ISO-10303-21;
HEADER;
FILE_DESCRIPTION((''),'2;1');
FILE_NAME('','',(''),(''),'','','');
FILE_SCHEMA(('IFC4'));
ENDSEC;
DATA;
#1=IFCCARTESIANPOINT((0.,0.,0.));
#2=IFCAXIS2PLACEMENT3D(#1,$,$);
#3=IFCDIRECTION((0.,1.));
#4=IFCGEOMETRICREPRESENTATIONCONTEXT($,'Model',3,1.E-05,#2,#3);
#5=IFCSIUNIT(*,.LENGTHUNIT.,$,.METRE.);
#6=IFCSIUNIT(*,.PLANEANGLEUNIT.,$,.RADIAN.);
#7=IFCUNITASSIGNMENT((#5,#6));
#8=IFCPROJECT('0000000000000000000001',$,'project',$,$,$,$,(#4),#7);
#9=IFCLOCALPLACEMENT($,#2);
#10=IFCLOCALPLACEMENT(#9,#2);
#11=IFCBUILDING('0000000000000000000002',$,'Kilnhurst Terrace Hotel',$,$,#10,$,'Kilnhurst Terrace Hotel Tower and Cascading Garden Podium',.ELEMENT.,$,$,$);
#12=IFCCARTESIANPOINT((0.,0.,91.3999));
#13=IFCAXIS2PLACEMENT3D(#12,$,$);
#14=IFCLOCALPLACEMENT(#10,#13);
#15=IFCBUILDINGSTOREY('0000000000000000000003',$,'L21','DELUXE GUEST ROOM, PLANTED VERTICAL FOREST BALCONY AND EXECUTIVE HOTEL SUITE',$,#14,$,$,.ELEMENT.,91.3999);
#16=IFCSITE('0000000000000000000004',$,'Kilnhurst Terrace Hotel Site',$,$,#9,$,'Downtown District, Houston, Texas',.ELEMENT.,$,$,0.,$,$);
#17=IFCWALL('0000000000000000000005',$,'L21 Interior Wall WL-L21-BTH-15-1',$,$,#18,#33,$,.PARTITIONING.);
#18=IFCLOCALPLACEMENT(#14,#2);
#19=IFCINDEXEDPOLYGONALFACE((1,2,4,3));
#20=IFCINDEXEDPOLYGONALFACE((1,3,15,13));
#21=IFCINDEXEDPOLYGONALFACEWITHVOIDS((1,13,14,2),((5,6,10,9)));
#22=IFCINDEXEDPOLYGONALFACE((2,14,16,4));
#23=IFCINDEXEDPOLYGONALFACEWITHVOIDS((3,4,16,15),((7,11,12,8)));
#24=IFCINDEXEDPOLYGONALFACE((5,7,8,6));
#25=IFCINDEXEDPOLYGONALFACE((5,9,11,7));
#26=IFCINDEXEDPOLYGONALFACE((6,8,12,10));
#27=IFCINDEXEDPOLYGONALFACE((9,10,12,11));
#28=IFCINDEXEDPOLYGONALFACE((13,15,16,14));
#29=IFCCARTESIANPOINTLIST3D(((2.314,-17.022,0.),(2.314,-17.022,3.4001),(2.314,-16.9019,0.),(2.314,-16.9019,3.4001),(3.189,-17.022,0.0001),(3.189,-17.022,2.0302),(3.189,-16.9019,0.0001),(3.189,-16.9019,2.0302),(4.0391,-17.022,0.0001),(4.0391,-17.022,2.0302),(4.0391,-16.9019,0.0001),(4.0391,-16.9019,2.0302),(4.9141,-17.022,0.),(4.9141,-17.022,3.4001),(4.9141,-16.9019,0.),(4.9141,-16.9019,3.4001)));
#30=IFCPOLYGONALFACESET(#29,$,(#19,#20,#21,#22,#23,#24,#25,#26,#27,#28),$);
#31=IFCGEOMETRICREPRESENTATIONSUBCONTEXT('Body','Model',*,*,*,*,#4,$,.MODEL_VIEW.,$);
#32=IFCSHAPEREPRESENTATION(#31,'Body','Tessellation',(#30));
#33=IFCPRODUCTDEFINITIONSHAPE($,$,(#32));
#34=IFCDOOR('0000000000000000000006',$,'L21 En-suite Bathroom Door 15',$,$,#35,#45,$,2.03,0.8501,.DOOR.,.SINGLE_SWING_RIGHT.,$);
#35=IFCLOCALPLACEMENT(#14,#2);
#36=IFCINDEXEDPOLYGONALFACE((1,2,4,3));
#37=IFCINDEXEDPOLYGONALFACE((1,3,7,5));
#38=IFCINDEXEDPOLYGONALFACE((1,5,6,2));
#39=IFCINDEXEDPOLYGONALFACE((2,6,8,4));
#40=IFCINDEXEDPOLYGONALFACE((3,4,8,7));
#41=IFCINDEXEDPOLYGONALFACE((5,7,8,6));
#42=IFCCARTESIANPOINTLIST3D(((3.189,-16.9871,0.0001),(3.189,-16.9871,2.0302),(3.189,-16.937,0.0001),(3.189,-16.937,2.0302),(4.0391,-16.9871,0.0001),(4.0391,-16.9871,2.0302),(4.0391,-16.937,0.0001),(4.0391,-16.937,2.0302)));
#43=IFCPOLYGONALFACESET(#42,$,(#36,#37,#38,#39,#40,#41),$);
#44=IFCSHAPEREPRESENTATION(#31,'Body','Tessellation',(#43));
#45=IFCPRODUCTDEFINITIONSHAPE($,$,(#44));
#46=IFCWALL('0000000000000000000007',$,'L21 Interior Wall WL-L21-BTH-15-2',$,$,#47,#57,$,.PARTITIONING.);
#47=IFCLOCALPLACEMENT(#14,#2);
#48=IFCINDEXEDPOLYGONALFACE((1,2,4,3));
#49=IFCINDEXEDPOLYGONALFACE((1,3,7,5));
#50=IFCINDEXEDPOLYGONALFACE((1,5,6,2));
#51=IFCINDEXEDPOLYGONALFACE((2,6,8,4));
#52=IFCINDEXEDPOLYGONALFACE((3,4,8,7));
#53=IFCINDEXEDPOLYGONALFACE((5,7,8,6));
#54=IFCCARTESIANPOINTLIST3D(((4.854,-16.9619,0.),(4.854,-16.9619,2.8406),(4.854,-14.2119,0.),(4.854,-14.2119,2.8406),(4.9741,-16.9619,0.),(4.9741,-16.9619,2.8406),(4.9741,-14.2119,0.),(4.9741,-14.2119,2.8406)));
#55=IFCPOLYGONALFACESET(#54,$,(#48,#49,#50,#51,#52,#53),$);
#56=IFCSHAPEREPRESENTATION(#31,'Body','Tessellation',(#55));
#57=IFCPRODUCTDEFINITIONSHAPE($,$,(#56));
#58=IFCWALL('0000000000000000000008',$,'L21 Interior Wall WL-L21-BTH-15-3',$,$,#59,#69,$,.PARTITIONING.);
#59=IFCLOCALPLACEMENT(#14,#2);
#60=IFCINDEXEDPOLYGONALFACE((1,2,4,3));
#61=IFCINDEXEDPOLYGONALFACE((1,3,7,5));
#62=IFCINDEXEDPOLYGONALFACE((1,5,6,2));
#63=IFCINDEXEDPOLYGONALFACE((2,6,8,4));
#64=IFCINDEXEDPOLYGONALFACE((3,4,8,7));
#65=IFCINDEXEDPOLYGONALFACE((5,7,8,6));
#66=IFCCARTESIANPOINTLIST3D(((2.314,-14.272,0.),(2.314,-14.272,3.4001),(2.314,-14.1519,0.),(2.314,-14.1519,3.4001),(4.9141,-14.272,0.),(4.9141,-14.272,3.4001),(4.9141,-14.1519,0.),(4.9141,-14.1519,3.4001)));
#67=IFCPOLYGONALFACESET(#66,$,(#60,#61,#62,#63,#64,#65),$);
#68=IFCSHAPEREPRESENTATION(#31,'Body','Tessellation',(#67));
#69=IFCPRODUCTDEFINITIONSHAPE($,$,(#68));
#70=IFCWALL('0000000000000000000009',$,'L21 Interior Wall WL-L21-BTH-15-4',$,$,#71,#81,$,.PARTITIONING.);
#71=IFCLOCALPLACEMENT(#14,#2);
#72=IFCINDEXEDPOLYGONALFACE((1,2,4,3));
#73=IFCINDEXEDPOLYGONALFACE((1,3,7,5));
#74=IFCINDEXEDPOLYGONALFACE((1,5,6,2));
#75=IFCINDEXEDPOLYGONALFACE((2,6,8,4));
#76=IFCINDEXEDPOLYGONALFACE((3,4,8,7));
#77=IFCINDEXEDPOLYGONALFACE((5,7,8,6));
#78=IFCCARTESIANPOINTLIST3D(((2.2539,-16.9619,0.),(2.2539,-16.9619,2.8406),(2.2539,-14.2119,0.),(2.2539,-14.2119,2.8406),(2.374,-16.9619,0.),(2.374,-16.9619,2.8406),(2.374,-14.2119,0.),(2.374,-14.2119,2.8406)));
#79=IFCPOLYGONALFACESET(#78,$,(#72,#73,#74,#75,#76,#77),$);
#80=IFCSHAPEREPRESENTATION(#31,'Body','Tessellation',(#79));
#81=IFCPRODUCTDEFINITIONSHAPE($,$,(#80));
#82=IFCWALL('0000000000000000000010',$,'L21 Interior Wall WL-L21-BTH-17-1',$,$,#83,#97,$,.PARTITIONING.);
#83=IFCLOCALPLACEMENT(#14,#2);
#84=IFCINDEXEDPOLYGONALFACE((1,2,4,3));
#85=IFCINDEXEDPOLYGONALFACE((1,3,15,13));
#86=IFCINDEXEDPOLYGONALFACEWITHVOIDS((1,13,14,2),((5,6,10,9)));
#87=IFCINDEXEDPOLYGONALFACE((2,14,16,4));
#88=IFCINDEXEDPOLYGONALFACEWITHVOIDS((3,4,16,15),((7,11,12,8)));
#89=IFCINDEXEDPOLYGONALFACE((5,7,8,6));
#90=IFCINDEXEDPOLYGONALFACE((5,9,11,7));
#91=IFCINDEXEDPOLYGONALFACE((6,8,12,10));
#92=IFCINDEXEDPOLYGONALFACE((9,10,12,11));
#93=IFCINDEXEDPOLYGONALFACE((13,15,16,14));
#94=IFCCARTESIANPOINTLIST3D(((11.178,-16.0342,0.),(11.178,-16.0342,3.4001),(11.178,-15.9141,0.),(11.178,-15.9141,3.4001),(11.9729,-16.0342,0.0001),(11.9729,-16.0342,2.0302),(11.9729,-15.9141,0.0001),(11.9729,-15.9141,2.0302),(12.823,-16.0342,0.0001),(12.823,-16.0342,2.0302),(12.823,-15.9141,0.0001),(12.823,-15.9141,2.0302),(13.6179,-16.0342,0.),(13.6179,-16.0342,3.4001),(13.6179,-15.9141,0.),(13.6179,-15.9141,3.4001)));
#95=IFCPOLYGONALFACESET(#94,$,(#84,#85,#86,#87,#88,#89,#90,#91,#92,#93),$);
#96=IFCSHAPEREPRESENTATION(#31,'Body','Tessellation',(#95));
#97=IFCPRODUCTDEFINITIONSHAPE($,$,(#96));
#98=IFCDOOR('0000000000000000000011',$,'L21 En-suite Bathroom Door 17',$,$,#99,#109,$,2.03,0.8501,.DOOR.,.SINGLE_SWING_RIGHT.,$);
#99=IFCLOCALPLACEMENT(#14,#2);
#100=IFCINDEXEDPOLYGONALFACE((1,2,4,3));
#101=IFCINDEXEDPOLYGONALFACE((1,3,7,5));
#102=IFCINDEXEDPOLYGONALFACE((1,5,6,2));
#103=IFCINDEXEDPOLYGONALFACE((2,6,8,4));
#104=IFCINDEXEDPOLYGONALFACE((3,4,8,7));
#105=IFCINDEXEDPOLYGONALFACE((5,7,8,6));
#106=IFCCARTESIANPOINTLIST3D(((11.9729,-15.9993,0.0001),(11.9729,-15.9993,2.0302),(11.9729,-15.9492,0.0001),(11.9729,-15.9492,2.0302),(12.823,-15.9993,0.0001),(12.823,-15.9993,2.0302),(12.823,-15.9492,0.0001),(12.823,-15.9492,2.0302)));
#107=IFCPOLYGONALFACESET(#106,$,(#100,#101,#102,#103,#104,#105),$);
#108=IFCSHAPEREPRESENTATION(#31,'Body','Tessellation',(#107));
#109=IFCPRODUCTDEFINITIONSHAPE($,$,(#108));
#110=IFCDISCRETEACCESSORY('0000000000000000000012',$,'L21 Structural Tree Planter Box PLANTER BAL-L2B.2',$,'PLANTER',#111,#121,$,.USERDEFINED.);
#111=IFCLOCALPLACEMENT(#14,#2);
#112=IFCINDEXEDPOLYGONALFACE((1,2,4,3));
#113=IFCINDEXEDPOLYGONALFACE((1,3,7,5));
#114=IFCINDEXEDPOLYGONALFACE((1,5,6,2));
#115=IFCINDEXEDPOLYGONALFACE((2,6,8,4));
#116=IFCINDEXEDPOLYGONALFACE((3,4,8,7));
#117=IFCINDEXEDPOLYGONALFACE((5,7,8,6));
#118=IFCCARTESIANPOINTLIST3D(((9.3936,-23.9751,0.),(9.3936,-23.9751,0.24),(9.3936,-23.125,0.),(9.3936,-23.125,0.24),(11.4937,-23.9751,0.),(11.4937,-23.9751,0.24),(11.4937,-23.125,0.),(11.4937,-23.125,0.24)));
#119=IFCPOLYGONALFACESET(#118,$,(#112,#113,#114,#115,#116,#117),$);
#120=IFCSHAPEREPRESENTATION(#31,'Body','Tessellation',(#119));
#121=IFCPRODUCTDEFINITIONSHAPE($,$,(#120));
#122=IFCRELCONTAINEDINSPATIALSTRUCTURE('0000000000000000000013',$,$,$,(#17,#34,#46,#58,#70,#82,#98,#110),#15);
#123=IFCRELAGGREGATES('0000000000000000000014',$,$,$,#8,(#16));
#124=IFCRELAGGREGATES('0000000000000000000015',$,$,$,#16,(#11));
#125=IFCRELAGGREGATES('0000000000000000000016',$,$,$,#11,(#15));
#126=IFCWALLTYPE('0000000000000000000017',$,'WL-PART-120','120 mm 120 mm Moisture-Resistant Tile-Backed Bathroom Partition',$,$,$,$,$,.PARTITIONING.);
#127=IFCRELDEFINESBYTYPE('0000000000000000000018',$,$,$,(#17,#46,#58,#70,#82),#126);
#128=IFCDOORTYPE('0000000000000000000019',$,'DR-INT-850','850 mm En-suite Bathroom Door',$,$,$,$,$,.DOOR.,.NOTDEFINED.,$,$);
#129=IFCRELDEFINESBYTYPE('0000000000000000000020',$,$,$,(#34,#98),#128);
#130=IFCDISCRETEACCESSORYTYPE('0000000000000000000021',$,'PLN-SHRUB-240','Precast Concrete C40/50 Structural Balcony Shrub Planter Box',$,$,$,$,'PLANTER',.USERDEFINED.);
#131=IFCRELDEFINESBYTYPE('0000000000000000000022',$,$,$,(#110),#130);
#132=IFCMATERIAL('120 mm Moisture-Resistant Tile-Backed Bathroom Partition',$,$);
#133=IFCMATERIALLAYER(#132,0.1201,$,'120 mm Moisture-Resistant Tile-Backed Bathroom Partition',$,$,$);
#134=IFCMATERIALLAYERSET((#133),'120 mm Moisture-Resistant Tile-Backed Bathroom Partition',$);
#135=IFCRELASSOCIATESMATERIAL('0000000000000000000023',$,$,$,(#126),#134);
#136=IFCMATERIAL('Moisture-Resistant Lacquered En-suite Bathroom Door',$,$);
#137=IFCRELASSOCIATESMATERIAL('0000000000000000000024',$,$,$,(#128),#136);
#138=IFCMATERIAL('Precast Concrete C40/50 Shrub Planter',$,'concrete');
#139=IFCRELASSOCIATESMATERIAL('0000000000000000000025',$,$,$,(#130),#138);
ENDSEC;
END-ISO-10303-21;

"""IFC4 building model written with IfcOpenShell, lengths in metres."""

from ifc_helpers import new_model, si_unit, direction, frame, frame_2d, origin, origin_2d, place, context, subcontext, project, spatial, rectangle, extrude, material, layer, layer_set, type_object, element, fill, save


model = new_model("IFC4")

# Units and contexts
model_context = context("Model", 3, precision=1e-05, world=origin(), true_north=direction((0.0, 1.0)))
body_context = subcontext(model_context, "Body", "Model", "MODEL_VIEW")
ifc_project = project(units=[si_unit("LENGTHUNIT", "METRE"), si_unit("PLANEANGLEUNIT", "RADIAN")], contexts=[model_context])

# Site, building, storey
site_placement = place(None, origin())
site = spatial("IfcSite", under=ifc_project, at=site_placement, Name="Kilnhurst Terrace Hotel Site", LongName="Downtown District, Houston, Texas", CompositionType="ELEMENT", RefElevation=0.0)
building_placement = place(site_placement, origin())
building = spatial("IfcBuilding", under=site, at=building_placement, Name="Kilnhurst Terrace Hotel", LongName="Kilnhurst Terrace Hotel Tower and Cascading Garden Podium", CompositionType="ELEMENT")
storey_placement = place(building_placement, frame((0.0, 0.0, 91.3999)))
storey = spatial("IfcBuildingStorey", under=building, at=storey_placement, Name="L21", Description="DELUXE GUEST ROOM, PLANTED VERTICAL FOREST BALCONY AND EXECUTIVE HOTEL SUITE", CompositionType="ELEMENT", Elevation=91.3999)

# Wall, opening, door
ifc_material_1 = material(Name="120 mm Moisture-Resistant Tile-Backed Bathroom Partition")
ifc_layer_1 = layer(ifc_material_1, 0.1201, Name="120 mm Moisture-Resistant Tile-Backed Bathroom Partition")
ifc_layer_set_1 = layer_set([ifc_layer_1], Name="120 mm Moisture-Resistant Tile-Backed Bathroom Partition")
wall_type_1 = type_object("IfcWallType", Name="WL-PART-120", Description="120 mm 120 mm Moisture-Resistant Tile-Backed Bathroom Partition", PredefinedType="PARTITIONING", material=ifc_layer_set_1)
wall_1_placement = place(storey_placement, frame((2.314, -16.9619, 0.0), z_axis=(0.0, 0.0, 1.0), x_axis=(1.0, 0.0, 0.0)))
wall_1 = element("IfcWall", 1, at=wall_1_placement, inside=storey, type_object=wall_type_1, Name="L21 Interior Wall WL-L21-BTH-15-1", PredefinedType="PARTITIONING", context=body_context, shape_type="SweptSolid", body=[
    extrude(rectangle(XDim=2.6001, YDim=0.1201, at=frame_2d((1.3, 0.0))), origin(), (0.0, 0.0, 1.0), 3.4001),
])
opening_1_placement = place(wall_1_placement, frame((0.875, 0.0, 0.0)))
opening_1 = element("IfcOpeningElement", 2, at=opening_1_placement, cuts=wall_1, PredefinedType="OPENING", context=body_context, shape_type="SweptSolid", body=[
    extrude(rectangle(XDim=0.8501, YDim=2.03, at=frame_2d((0.425, 1.0151))), frame((0.0, 0.0701, 0.0), z_axis=(0.0, -1.0, 0.0), x_axis=(1.0, 0.0, 0.0)), (0.0, 0.0, 1.0), 0.1401),
])
ifc_material_2 = material(Name="Moisture-Resistant Lacquered En-suite Bathroom Door")
door_type = type_object("IfcDoorType", Name="DR-INT-850", Description="850 mm En-suite Bathroom Door", OperationType="NOTDEFINED", PredefinedType="DOOR", material=ifc_material_2)
door_1_placement = place(opening_1_placement, origin())
door_1 = element("IfcDoor", 3, at=door_1_placement, inside=storey, type_object=door_type, Name="L21 En-suite Bathroom Door 15", OperationType="SINGLE_SWING_RIGHT", OverallHeight=2.03, OverallWidth=0.8501, PredefinedType="DOOR", context=body_context, shape_type="SweptSolid", body=[
    extrude(rectangle(XDim=0.8501, YDim=2.03, at=frame_2d((0.425, 1.0151))), frame((0.0, 0.0249, 0.0), z_axis=(0.0, -1.0, 0.0), x_axis=(1.0, 0.0, 0.0)), (0.0, 0.0, 1.0), 0.05),
])
fill(opening_1, door_1)

# Walls
wall_2_placement = place(storey_placement, frame((4.9141, -16.9619, 0.0), z_axis=(0.0, 0.0, 1.0), x_axis=(0.0, 1.0, 0.0)))
element("IfcWall", 4, at=wall_2_placement, inside=storey, type_object=wall_type_1, Name="L21 Interior Wall WL-L21-BTH-15-2", PredefinedType="PARTITIONING", context=body_context, shape_type="SweptSolid", body=[
    extrude(rectangle(XDim=2.75, YDim=0.1201, at=frame_2d((1.375, 0.0))), origin(), (0.0, 0.0, 1.0), 2.8406),
])
wall_3_placement = place(storey_placement, frame((4.9141, -14.2119, 0.0), z_axis=(0.0, 0.0, 1.0), x_axis=(-1.0, 0.0, 0.0)))
element("IfcWall", 5, at=wall_3_placement, inside=storey, type_object=wall_type_1, Name="L21 Interior Wall WL-L21-BTH-15-3", PredefinedType="PARTITIONING", context=body_context, shape_type="SweptSolid", body=[
    extrude(rectangle(XDim=2.6001, YDim=0.1201, at=frame_2d((1.3, 0.0))), origin(), (0.0, 0.0, 1.0), 3.4001),
])
wall_4_placement = place(storey_placement, frame((2.314, -14.2119, 0.0), z_axis=(0.0, 0.0, 1.0), x_axis=(0.0, -1.0, 0.0)))
element("IfcWall", 6, at=wall_4_placement, inside=storey, type_object=wall_type_1, Name="L21 Interior Wall WL-L21-BTH-15-4", PredefinedType="PARTITIONING", context=body_context, shape_type="SweptSolid", body=[
    extrude(rectangle(XDim=2.75, YDim=0.1201, at=frame_2d((1.375, 0.0))), origin(), (0.0, 0.0, 1.0), 2.8406),
])

# Wall, opening, door
wall_5_placement = place(storey_placement, frame((11.178, -15.9741, 0.0), z_axis=(0.0, 0.0, 1.0), x_axis=(1.0, 0.0, 0.0)))
wall_5 = element("IfcWall", 7, at=wall_5_placement, inside=storey, type_object=wall_type_1, Name="L21 Interior Wall WL-L21-BTH-17-1", PredefinedType="PARTITIONING", context=body_context, shape_type="SweptSolid", body=[
    extrude(rectangle(XDim=2.4399, YDim=0.1201, at=frame_2d((1.22, 0.0))), origin(), (0.0, 0.0, 1.0), 3.4001),
])
opening_2_placement = place(wall_5_placement, frame((0.7949, 0.0, 0.0)))
opening_2 = element("IfcOpeningElement", 8, at=opening_2_placement, cuts=wall_5, PredefinedType="OPENING", context=body_context, shape_type="SweptSolid", body=[
    extrude(rectangle(XDim=0.8501, YDim=2.03, at=frame_2d((0.425, 1.0151))), frame((0.0, 0.0701, 0.0), z_axis=(0.0, -1.0, 0.0), x_axis=(1.0, 0.0, 0.0)), (0.0, 0.0, 1.0), 0.1401),
])
door_2_placement = place(opening_2_placement, origin())
door_2 = element("IfcDoor", 9, at=door_2_placement, inside=storey, type_object=door_type, Name="L21 En-suite Bathroom Door 17", OperationType="SINGLE_SWING_RIGHT", OverallHeight=2.03, OverallWidth=0.8501, PredefinedType="DOOR", context=body_context, shape_type="SweptSolid", body=[
    extrude(rectangle(XDim=0.8501, YDim=2.03, at=frame_2d((0.425, 1.0151))), frame((0.0, 0.0249, 0.0), z_axis=(0.0, -1.0, 0.0), x_axis=(1.0, 0.0, 0.0)), (0.0, 0.0, 1.0), 0.05),
])
fill(opening_2, door_2)

# Discrete accessory
ifc_material_3 = material(Name="Precast Concrete C40/50 Shrub Planter", Category="concrete")
discrete_accessory_type = type_object("IfcDiscreteAccessoryType", Name="PLN-SHRUB-240", Description="Precast Concrete C40/50 Structural Balcony Shrub Planter Box", ElementType="PLANTER", PredefinedType="USERDEFINED", material=ifc_material_3)
discrete_accessory_placement = place(storey_placement, frame((10.4436, -23.55, 0.0), z_axis=(0.0, 0.0, 1.0), x_axis=(1.0, 0.0, 0.0)))
element("IfcDiscreteAccessory", 10, at=discrete_accessory_placement, inside=storey, type_object=discrete_accessory_type, Name="L21 Structural Tree Planter Box PLANTER BAL-L2B.2", ObjectType="PLANTER", PredefinedType="USERDEFINED", context=body_context, shape_type="SweptSolid", body=[
    extrude(rectangle(XDim=2.1001, YDim=0.8501, at=origin_2d()), origin(), (0.0, 0.0, 1.0), 0.24),
])

save(model, "model.ifc")
